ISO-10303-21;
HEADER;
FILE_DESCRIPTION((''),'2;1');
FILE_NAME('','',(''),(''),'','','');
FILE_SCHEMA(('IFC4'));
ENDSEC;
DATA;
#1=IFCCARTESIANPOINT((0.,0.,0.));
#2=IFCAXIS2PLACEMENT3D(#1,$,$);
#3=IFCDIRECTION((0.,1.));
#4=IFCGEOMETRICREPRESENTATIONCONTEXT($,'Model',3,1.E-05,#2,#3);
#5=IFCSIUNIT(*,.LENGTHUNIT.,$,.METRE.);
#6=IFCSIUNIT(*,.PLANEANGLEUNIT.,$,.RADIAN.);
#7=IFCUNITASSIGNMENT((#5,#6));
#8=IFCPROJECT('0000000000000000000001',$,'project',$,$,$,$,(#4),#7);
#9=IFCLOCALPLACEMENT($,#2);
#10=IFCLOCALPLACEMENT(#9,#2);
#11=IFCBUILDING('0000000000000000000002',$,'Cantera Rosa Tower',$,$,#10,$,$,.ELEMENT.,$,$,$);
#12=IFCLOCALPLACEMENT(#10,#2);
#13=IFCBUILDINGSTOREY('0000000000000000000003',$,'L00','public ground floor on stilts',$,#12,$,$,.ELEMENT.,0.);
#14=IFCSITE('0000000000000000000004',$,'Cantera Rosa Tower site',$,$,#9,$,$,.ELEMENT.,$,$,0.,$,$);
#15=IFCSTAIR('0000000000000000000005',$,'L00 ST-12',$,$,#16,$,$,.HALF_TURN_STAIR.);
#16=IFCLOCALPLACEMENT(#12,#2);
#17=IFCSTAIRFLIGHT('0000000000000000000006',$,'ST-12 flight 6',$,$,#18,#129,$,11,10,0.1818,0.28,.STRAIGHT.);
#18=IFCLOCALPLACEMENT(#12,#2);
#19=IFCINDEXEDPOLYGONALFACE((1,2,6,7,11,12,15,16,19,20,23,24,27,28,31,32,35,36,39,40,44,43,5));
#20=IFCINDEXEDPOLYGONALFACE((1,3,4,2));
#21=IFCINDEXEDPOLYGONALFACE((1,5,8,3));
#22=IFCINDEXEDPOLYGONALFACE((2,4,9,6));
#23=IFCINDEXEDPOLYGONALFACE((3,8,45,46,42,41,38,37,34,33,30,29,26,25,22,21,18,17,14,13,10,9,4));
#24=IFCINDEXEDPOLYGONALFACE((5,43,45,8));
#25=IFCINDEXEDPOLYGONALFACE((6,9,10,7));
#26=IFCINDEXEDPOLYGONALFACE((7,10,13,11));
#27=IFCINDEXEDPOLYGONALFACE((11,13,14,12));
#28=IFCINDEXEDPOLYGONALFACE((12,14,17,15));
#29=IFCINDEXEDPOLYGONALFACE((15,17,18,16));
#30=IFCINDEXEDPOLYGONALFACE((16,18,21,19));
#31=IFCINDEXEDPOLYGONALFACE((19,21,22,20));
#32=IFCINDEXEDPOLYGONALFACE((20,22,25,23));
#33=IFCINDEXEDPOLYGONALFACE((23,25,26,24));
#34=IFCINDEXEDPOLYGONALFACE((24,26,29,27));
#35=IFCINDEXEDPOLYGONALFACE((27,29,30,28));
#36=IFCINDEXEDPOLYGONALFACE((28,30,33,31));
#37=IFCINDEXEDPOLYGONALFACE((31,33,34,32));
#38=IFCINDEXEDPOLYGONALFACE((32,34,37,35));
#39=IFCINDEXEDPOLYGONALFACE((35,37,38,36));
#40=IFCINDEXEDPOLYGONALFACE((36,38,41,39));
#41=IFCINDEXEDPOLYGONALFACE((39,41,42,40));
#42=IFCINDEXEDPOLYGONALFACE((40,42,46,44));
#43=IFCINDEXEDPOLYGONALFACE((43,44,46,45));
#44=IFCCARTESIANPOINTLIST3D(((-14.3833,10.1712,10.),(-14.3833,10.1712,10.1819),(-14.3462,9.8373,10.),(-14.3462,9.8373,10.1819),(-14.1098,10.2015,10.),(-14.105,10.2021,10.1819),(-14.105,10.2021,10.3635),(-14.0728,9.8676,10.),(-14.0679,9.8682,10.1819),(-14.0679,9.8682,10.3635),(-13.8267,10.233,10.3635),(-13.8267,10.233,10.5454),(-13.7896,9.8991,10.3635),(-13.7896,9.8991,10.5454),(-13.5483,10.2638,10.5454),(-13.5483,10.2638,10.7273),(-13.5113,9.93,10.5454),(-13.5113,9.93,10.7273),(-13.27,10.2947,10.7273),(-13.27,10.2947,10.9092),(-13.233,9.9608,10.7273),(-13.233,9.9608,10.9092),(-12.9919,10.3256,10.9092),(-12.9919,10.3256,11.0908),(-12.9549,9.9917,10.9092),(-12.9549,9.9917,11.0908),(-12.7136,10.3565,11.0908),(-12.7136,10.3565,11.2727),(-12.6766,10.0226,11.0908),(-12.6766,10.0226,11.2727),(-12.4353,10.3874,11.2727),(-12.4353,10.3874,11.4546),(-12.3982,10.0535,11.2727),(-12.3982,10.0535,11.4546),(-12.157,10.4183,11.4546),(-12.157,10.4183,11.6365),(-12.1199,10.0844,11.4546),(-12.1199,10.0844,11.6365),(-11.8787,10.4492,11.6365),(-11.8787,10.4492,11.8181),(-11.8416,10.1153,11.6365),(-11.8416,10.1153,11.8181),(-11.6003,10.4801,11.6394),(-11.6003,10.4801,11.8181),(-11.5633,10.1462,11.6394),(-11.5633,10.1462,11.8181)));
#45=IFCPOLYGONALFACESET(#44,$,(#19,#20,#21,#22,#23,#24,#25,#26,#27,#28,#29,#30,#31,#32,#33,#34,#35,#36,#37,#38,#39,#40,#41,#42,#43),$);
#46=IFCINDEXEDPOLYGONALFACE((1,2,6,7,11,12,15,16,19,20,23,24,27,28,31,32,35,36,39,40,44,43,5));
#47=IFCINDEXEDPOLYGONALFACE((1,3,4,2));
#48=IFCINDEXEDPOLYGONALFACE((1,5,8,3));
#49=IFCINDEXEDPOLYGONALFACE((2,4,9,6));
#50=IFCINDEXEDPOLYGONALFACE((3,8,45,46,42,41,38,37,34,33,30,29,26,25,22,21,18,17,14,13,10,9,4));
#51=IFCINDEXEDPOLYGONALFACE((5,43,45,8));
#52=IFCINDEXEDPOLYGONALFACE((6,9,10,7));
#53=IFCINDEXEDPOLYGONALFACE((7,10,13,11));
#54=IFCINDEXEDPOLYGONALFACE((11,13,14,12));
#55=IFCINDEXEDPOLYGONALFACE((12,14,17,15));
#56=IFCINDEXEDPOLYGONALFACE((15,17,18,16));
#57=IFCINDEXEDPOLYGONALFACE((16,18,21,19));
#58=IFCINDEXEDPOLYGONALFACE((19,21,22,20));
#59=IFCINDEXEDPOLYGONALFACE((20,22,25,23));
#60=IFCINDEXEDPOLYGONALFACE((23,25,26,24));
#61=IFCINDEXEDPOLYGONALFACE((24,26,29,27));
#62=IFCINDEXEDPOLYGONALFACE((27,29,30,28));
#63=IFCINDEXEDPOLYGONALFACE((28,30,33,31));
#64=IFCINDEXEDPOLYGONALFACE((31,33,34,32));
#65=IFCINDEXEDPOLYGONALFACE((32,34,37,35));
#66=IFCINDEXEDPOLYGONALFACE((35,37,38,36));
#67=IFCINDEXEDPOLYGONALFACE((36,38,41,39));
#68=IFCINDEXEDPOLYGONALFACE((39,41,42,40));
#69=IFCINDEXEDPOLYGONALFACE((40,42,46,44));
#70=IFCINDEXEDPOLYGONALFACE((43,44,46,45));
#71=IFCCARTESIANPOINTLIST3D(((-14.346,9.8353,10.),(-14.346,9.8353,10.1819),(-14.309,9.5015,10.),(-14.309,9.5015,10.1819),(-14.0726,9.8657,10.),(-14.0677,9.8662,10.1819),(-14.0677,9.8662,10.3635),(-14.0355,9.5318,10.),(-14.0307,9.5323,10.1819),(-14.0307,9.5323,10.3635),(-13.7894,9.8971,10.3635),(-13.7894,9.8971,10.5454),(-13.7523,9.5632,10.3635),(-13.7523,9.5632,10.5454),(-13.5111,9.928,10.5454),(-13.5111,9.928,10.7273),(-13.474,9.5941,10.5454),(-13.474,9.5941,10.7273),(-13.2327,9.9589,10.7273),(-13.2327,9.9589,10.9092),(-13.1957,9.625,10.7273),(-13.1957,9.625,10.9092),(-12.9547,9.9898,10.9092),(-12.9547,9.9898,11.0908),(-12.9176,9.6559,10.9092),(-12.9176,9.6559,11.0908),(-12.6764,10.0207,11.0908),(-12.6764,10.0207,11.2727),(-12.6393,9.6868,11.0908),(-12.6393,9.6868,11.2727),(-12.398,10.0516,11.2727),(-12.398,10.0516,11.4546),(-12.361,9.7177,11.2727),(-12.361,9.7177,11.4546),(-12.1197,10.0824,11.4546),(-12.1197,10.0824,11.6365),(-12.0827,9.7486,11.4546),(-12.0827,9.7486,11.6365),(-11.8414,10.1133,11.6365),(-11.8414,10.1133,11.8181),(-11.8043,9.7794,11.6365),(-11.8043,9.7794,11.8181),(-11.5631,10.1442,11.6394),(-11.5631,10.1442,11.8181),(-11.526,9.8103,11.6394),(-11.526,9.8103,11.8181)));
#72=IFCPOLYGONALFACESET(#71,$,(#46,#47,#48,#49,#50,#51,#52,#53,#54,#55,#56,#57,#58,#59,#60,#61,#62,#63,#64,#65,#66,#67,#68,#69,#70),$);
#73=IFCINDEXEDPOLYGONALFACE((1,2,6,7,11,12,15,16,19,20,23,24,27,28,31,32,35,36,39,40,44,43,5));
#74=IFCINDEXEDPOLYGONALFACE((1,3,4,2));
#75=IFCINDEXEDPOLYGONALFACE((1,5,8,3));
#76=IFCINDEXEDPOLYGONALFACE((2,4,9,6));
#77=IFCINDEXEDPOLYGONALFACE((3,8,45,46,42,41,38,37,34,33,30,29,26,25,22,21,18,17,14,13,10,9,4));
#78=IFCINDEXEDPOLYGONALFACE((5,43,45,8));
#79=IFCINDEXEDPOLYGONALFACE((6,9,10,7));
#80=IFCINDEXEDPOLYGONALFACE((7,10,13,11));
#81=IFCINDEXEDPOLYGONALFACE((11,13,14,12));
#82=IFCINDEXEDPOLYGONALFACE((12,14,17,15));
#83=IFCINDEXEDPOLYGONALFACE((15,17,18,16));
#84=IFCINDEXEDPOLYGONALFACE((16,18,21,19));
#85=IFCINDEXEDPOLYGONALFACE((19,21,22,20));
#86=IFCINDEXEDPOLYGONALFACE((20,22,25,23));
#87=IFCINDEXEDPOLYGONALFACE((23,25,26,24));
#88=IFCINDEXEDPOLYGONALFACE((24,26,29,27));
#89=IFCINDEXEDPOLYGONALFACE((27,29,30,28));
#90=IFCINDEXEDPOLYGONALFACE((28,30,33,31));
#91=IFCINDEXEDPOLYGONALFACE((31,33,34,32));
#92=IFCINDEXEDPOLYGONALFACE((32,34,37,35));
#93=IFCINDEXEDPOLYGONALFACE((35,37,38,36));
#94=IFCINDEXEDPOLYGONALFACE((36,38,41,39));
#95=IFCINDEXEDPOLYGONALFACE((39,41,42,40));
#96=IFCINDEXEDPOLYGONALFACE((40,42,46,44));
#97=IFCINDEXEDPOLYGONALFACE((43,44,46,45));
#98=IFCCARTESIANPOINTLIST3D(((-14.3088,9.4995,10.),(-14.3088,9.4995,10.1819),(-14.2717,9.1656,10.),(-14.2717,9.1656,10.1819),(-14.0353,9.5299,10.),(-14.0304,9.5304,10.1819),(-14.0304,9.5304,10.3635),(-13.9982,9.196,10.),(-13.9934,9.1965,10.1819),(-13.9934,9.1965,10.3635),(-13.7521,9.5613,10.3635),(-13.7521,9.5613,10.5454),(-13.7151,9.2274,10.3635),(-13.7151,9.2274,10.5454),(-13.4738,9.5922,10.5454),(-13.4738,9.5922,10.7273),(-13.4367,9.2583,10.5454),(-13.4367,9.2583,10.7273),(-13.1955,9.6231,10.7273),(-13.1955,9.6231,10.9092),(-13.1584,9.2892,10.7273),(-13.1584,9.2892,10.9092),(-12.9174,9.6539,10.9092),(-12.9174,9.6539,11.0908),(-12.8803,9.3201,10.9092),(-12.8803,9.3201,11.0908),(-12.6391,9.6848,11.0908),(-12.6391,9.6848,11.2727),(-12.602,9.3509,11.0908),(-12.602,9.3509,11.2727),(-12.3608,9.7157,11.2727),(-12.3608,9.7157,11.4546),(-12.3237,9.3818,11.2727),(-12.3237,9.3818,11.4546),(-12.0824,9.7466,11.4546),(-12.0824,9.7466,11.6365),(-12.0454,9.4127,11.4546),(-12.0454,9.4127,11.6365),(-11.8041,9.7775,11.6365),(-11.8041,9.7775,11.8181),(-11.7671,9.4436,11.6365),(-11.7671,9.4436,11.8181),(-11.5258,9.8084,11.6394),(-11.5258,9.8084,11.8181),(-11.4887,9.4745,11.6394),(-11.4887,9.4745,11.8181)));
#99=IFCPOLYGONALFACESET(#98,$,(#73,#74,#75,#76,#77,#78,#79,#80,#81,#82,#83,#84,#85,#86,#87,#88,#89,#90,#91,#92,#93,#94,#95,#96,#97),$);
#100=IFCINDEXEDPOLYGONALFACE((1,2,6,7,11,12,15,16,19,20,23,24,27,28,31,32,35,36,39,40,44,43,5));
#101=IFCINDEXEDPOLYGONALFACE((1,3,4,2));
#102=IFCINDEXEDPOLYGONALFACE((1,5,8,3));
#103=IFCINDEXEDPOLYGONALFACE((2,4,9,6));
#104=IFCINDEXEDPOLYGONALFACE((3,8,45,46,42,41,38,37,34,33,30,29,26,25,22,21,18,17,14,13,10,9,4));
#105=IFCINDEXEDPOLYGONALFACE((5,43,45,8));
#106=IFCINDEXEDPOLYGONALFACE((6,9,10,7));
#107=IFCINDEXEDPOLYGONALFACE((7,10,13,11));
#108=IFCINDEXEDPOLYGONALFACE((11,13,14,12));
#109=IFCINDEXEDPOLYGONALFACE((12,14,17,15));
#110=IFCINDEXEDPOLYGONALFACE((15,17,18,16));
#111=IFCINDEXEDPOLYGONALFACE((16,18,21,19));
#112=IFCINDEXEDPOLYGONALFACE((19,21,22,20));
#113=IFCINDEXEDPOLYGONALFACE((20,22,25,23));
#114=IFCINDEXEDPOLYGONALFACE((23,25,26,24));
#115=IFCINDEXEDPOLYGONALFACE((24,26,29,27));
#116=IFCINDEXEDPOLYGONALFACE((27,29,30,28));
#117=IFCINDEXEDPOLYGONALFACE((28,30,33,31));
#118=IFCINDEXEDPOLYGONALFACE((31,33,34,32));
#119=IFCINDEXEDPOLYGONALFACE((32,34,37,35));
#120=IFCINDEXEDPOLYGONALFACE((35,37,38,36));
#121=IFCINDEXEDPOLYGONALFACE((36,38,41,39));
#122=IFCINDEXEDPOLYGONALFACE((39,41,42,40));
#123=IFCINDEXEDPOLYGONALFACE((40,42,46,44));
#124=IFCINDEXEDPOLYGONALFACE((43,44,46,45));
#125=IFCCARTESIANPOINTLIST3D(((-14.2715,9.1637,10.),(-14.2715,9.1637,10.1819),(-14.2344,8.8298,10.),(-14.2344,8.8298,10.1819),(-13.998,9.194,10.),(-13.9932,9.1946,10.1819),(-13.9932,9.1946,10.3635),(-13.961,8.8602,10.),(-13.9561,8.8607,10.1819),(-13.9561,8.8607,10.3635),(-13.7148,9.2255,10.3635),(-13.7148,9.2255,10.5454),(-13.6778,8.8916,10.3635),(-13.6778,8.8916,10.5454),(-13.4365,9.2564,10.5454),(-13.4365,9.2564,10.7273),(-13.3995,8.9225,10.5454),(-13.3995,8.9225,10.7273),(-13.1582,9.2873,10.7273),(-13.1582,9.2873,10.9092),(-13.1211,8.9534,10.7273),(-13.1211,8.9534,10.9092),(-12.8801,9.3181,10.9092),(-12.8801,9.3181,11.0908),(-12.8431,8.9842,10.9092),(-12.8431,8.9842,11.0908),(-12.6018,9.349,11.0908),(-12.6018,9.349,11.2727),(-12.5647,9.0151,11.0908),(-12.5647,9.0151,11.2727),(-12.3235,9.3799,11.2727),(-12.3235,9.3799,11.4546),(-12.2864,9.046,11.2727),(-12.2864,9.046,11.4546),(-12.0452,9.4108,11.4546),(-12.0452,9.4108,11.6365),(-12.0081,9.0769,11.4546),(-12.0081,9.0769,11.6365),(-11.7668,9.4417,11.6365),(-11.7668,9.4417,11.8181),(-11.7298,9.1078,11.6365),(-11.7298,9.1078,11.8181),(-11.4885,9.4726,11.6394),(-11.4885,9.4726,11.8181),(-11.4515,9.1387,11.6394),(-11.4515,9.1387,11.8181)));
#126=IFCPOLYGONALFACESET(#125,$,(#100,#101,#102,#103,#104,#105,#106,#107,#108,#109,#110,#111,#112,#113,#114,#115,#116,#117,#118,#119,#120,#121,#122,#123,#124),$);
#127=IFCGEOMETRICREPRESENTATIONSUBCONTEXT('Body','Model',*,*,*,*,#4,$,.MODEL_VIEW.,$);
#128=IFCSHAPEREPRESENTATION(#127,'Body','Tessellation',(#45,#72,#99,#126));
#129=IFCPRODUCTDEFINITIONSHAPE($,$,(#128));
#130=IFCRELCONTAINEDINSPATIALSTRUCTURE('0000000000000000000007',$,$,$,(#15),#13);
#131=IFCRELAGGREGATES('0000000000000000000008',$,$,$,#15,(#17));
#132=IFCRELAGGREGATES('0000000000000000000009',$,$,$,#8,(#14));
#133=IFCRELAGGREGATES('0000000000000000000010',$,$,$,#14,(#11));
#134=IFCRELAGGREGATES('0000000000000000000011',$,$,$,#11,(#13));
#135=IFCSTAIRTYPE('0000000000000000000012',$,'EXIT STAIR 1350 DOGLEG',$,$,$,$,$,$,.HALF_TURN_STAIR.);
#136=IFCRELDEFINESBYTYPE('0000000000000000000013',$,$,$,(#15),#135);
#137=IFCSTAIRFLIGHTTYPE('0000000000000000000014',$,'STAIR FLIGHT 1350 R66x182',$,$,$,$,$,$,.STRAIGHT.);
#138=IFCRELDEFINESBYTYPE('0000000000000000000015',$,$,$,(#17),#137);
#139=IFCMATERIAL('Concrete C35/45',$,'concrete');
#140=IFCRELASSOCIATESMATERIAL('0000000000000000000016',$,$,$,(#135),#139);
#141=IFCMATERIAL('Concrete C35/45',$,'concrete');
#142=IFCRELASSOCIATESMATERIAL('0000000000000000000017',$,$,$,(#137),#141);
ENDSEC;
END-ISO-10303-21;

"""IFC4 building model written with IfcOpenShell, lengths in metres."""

from ifc_helpers import new_model, si_unit, direction, frame, origin, place, context, subcontext, project, spatial, polyline, outline, extrude, material, type_object, element, aggregate, save


model = new_model("IFC4")

# Units and contexts
model_context = context("Model", 3, precision=1e-05, world=origin(), true_north=direction((0.0, 1.0)))
body_context = subcontext(model_context, "Body", "Model", "MODEL_VIEW")
ifc_project = project(units=[si_unit("LENGTHUNIT", "METRE"), si_unit("PLANEANGLEUNIT", "RADIAN")], contexts=[model_context])

# Site, building, storey
site_placement = place(None, origin())
site = spatial("IfcSite", under=ifc_project, at=site_placement, Name="Cantera Rosa Tower site", CompositionType="ELEMENT", RefElevation=0.0)
building_placement = place(site_placement, origin())
building = spatial("IfcBuilding", under=site, at=building_placement, Name="Cantera Rosa Tower", CompositionType="ELEMENT")
storey_placement = place(building_placement, origin())
storey = spatial("IfcBuildingStorey", under=building, at=storey_placement, Name="L00", Description="public ground floor on stilts", CompositionType="ELEMENT", Elevation=0.0)

# Stair, stair flight
ifc_material_1 = material(Name="Concrete C35/45", Category="concrete")
stair_type = type_object("IfcStairType", Name="EXIT STAIR 1350 DOGLEG", PredefinedType="HALF_TURN_STAIR", material=ifc_material_1)
stair_placement = place(storey_placement, origin())
stair = element("IfcStair", 1, at=stair_placement, inside=storey, type_object=stair_type, Name="L00 ST-12", PredefinedType="HALF_TURN_STAIR")
ifc_material_2 = material(Name="Concrete C35/45", Category="concrete")
stair_flight_type = type_object("IfcStairFlightType", Name="STAIR FLIGHT 1350 R66x182", PredefinedType="STRAIGHT", material=ifc_material_2)
stair_flight_1_placement = place(storey_placement, frame((-14.3088, 9.5002, 10.0), z_axis=(0.0, 0.0, 1.0), x_axis=(0.993897, 0.110313, 0.0)))
stair_flight_1 = element("IfcStairFlight", 2, at=stair_flight_1_placement, type_object=stair_flight_type, Name="ST-12 flight 6", NumberOfRisers=11, NumberOfTreads=10, PredefinedType="STRAIGHT", RiserHeight=0.1818, TreadLength=0.28, context=body_context, shape_type="SweptSolid", body=[
    extrude(outline(polyline([(0.0, 0.0), (0.0, 0.1819), (0.28, 0.1819), (0.28, 0.3635), (0.5601, 0.3635), (0.5601, 0.5454), (0.8401, 0.5454), (0.8401, 0.7273), (1.1201, 0.7273), (1.1201, 0.9092), (1.3999, 0.9092), (1.3999, 1.0908), (1.6799, 1.0908), (1.6799, 1.2727), (1.96, 1.2727), (1.96, 1.4546), (2.24, 1.4546), (2.24, 1.6365), (2.52, 1.6365), (2.52, 1.8181), (2.8, 1.8181), (2.8, 2.0), (2.8, 1.6394), (0.2751, 0.0), (0.0, 0.0)])), frame((0.0, 0.675, 0.0), z_axis=(0.0, -1.0, 0.0), x_axis=(1.0, 0.0, 0.0)), (0.0, 0.0, 1.0), 0.3359),
    extrude(outline(polyline([(0.0, 0.0), (0.0, 0.1819), (0.28, 0.1819), (0.28, 0.3635), (0.5601, 0.3635), (0.5601, 0.5454), (0.8401, 0.5454), (0.8401, 0.7273), (1.1201, 0.7273), (1.1201, 0.9092), (1.3999, 0.9092), (1.3999, 1.0908), (1.6799, 1.0908), (1.6799, 1.2727), (1.96, 1.2727), (1.96, 1.4546), (2.24, 1.4546), (2.24, 1.6365), (2.52, 1.6365), (2.52, 1.8181), (2.8, 1.8181), (2.8, 2.0), (2.8, 1.6394), (0.2751, 0.0), (0.0, 0.0)])), frame((0.0, 0.3372, 0.0), z_axis=(0.0, -1.0, 0.0), x_axis=(1.0, 0.0, 0.0)), (0.0, 0.0, 1.0), 0.3359),
    extrude(outline(polyline([(0.0, 0.0), (0.0, 0.1819), (0.28, 0.1819), (0.28, 0.3635), (0.5601, 0.3635), (0.5601, 0.5454), (0.8401, 0.5454), (0.8401, 0.7273), (1.1201, 0.7273), (1.1201, 0.9092), (1.3999, 0.9092), (1.3999, 1.0908), (1.6799, 1.0908), (1.6799, 1.2727), (1.96, 1.2727), (1.96, 1.4546), (2.24, 1.4546), (2.24, 1.6365), (2.52, 1.6365), (2.52, 1.8181), (2.8, 1.8181), (2.8, 2.0), (2.8, 1.6394), (0.2751, 0.0), (0.0, 0.0)])), frame((0.0, -0.0007, 0.0), z_axis=(0.0, -1.0, 0.0), x_axis=(1.0, 0.0, 0.0)), (0.0, 0.0, 1.0), 0.3359),
    extrude(outline(polyline([(0.0, 0.0), (0.0, 0.1819), (0.28, 0.1819), (0.28, 0.3635), (0.5601, 0.3635), (0.5601, 0.5454), (0.8401, 0.5454), (0.8401, 0.7273), (1.1201, 0.7273), (1.1201, 0.9092), (1.3999, 0.9092), (1.3999, 1.0908), (1.6799, 1.0908), (1.6799, 1.2727), (1.96, 1.2727), (1.96, 1.4546), (2.24, 1.4546), (2.24, 1.6365), (2.52, 1.6365), (2.52, 1.8181), (2.8, 1.8181), (2.8, 2.0), (2.8, 1.6394), (0.2751, 0.0), (0.0, 0.0)])), frame((0.0, -0.3386, 0.0), z_axis=(0.0, -1.0, 0.0), x_axis=(1.0, 0.0, 0.0)), (0.0, 0.0, 1.0), 0.3359),
])
aggregate(stair, [stair_flight_1])

save(model, "model.ifc")
